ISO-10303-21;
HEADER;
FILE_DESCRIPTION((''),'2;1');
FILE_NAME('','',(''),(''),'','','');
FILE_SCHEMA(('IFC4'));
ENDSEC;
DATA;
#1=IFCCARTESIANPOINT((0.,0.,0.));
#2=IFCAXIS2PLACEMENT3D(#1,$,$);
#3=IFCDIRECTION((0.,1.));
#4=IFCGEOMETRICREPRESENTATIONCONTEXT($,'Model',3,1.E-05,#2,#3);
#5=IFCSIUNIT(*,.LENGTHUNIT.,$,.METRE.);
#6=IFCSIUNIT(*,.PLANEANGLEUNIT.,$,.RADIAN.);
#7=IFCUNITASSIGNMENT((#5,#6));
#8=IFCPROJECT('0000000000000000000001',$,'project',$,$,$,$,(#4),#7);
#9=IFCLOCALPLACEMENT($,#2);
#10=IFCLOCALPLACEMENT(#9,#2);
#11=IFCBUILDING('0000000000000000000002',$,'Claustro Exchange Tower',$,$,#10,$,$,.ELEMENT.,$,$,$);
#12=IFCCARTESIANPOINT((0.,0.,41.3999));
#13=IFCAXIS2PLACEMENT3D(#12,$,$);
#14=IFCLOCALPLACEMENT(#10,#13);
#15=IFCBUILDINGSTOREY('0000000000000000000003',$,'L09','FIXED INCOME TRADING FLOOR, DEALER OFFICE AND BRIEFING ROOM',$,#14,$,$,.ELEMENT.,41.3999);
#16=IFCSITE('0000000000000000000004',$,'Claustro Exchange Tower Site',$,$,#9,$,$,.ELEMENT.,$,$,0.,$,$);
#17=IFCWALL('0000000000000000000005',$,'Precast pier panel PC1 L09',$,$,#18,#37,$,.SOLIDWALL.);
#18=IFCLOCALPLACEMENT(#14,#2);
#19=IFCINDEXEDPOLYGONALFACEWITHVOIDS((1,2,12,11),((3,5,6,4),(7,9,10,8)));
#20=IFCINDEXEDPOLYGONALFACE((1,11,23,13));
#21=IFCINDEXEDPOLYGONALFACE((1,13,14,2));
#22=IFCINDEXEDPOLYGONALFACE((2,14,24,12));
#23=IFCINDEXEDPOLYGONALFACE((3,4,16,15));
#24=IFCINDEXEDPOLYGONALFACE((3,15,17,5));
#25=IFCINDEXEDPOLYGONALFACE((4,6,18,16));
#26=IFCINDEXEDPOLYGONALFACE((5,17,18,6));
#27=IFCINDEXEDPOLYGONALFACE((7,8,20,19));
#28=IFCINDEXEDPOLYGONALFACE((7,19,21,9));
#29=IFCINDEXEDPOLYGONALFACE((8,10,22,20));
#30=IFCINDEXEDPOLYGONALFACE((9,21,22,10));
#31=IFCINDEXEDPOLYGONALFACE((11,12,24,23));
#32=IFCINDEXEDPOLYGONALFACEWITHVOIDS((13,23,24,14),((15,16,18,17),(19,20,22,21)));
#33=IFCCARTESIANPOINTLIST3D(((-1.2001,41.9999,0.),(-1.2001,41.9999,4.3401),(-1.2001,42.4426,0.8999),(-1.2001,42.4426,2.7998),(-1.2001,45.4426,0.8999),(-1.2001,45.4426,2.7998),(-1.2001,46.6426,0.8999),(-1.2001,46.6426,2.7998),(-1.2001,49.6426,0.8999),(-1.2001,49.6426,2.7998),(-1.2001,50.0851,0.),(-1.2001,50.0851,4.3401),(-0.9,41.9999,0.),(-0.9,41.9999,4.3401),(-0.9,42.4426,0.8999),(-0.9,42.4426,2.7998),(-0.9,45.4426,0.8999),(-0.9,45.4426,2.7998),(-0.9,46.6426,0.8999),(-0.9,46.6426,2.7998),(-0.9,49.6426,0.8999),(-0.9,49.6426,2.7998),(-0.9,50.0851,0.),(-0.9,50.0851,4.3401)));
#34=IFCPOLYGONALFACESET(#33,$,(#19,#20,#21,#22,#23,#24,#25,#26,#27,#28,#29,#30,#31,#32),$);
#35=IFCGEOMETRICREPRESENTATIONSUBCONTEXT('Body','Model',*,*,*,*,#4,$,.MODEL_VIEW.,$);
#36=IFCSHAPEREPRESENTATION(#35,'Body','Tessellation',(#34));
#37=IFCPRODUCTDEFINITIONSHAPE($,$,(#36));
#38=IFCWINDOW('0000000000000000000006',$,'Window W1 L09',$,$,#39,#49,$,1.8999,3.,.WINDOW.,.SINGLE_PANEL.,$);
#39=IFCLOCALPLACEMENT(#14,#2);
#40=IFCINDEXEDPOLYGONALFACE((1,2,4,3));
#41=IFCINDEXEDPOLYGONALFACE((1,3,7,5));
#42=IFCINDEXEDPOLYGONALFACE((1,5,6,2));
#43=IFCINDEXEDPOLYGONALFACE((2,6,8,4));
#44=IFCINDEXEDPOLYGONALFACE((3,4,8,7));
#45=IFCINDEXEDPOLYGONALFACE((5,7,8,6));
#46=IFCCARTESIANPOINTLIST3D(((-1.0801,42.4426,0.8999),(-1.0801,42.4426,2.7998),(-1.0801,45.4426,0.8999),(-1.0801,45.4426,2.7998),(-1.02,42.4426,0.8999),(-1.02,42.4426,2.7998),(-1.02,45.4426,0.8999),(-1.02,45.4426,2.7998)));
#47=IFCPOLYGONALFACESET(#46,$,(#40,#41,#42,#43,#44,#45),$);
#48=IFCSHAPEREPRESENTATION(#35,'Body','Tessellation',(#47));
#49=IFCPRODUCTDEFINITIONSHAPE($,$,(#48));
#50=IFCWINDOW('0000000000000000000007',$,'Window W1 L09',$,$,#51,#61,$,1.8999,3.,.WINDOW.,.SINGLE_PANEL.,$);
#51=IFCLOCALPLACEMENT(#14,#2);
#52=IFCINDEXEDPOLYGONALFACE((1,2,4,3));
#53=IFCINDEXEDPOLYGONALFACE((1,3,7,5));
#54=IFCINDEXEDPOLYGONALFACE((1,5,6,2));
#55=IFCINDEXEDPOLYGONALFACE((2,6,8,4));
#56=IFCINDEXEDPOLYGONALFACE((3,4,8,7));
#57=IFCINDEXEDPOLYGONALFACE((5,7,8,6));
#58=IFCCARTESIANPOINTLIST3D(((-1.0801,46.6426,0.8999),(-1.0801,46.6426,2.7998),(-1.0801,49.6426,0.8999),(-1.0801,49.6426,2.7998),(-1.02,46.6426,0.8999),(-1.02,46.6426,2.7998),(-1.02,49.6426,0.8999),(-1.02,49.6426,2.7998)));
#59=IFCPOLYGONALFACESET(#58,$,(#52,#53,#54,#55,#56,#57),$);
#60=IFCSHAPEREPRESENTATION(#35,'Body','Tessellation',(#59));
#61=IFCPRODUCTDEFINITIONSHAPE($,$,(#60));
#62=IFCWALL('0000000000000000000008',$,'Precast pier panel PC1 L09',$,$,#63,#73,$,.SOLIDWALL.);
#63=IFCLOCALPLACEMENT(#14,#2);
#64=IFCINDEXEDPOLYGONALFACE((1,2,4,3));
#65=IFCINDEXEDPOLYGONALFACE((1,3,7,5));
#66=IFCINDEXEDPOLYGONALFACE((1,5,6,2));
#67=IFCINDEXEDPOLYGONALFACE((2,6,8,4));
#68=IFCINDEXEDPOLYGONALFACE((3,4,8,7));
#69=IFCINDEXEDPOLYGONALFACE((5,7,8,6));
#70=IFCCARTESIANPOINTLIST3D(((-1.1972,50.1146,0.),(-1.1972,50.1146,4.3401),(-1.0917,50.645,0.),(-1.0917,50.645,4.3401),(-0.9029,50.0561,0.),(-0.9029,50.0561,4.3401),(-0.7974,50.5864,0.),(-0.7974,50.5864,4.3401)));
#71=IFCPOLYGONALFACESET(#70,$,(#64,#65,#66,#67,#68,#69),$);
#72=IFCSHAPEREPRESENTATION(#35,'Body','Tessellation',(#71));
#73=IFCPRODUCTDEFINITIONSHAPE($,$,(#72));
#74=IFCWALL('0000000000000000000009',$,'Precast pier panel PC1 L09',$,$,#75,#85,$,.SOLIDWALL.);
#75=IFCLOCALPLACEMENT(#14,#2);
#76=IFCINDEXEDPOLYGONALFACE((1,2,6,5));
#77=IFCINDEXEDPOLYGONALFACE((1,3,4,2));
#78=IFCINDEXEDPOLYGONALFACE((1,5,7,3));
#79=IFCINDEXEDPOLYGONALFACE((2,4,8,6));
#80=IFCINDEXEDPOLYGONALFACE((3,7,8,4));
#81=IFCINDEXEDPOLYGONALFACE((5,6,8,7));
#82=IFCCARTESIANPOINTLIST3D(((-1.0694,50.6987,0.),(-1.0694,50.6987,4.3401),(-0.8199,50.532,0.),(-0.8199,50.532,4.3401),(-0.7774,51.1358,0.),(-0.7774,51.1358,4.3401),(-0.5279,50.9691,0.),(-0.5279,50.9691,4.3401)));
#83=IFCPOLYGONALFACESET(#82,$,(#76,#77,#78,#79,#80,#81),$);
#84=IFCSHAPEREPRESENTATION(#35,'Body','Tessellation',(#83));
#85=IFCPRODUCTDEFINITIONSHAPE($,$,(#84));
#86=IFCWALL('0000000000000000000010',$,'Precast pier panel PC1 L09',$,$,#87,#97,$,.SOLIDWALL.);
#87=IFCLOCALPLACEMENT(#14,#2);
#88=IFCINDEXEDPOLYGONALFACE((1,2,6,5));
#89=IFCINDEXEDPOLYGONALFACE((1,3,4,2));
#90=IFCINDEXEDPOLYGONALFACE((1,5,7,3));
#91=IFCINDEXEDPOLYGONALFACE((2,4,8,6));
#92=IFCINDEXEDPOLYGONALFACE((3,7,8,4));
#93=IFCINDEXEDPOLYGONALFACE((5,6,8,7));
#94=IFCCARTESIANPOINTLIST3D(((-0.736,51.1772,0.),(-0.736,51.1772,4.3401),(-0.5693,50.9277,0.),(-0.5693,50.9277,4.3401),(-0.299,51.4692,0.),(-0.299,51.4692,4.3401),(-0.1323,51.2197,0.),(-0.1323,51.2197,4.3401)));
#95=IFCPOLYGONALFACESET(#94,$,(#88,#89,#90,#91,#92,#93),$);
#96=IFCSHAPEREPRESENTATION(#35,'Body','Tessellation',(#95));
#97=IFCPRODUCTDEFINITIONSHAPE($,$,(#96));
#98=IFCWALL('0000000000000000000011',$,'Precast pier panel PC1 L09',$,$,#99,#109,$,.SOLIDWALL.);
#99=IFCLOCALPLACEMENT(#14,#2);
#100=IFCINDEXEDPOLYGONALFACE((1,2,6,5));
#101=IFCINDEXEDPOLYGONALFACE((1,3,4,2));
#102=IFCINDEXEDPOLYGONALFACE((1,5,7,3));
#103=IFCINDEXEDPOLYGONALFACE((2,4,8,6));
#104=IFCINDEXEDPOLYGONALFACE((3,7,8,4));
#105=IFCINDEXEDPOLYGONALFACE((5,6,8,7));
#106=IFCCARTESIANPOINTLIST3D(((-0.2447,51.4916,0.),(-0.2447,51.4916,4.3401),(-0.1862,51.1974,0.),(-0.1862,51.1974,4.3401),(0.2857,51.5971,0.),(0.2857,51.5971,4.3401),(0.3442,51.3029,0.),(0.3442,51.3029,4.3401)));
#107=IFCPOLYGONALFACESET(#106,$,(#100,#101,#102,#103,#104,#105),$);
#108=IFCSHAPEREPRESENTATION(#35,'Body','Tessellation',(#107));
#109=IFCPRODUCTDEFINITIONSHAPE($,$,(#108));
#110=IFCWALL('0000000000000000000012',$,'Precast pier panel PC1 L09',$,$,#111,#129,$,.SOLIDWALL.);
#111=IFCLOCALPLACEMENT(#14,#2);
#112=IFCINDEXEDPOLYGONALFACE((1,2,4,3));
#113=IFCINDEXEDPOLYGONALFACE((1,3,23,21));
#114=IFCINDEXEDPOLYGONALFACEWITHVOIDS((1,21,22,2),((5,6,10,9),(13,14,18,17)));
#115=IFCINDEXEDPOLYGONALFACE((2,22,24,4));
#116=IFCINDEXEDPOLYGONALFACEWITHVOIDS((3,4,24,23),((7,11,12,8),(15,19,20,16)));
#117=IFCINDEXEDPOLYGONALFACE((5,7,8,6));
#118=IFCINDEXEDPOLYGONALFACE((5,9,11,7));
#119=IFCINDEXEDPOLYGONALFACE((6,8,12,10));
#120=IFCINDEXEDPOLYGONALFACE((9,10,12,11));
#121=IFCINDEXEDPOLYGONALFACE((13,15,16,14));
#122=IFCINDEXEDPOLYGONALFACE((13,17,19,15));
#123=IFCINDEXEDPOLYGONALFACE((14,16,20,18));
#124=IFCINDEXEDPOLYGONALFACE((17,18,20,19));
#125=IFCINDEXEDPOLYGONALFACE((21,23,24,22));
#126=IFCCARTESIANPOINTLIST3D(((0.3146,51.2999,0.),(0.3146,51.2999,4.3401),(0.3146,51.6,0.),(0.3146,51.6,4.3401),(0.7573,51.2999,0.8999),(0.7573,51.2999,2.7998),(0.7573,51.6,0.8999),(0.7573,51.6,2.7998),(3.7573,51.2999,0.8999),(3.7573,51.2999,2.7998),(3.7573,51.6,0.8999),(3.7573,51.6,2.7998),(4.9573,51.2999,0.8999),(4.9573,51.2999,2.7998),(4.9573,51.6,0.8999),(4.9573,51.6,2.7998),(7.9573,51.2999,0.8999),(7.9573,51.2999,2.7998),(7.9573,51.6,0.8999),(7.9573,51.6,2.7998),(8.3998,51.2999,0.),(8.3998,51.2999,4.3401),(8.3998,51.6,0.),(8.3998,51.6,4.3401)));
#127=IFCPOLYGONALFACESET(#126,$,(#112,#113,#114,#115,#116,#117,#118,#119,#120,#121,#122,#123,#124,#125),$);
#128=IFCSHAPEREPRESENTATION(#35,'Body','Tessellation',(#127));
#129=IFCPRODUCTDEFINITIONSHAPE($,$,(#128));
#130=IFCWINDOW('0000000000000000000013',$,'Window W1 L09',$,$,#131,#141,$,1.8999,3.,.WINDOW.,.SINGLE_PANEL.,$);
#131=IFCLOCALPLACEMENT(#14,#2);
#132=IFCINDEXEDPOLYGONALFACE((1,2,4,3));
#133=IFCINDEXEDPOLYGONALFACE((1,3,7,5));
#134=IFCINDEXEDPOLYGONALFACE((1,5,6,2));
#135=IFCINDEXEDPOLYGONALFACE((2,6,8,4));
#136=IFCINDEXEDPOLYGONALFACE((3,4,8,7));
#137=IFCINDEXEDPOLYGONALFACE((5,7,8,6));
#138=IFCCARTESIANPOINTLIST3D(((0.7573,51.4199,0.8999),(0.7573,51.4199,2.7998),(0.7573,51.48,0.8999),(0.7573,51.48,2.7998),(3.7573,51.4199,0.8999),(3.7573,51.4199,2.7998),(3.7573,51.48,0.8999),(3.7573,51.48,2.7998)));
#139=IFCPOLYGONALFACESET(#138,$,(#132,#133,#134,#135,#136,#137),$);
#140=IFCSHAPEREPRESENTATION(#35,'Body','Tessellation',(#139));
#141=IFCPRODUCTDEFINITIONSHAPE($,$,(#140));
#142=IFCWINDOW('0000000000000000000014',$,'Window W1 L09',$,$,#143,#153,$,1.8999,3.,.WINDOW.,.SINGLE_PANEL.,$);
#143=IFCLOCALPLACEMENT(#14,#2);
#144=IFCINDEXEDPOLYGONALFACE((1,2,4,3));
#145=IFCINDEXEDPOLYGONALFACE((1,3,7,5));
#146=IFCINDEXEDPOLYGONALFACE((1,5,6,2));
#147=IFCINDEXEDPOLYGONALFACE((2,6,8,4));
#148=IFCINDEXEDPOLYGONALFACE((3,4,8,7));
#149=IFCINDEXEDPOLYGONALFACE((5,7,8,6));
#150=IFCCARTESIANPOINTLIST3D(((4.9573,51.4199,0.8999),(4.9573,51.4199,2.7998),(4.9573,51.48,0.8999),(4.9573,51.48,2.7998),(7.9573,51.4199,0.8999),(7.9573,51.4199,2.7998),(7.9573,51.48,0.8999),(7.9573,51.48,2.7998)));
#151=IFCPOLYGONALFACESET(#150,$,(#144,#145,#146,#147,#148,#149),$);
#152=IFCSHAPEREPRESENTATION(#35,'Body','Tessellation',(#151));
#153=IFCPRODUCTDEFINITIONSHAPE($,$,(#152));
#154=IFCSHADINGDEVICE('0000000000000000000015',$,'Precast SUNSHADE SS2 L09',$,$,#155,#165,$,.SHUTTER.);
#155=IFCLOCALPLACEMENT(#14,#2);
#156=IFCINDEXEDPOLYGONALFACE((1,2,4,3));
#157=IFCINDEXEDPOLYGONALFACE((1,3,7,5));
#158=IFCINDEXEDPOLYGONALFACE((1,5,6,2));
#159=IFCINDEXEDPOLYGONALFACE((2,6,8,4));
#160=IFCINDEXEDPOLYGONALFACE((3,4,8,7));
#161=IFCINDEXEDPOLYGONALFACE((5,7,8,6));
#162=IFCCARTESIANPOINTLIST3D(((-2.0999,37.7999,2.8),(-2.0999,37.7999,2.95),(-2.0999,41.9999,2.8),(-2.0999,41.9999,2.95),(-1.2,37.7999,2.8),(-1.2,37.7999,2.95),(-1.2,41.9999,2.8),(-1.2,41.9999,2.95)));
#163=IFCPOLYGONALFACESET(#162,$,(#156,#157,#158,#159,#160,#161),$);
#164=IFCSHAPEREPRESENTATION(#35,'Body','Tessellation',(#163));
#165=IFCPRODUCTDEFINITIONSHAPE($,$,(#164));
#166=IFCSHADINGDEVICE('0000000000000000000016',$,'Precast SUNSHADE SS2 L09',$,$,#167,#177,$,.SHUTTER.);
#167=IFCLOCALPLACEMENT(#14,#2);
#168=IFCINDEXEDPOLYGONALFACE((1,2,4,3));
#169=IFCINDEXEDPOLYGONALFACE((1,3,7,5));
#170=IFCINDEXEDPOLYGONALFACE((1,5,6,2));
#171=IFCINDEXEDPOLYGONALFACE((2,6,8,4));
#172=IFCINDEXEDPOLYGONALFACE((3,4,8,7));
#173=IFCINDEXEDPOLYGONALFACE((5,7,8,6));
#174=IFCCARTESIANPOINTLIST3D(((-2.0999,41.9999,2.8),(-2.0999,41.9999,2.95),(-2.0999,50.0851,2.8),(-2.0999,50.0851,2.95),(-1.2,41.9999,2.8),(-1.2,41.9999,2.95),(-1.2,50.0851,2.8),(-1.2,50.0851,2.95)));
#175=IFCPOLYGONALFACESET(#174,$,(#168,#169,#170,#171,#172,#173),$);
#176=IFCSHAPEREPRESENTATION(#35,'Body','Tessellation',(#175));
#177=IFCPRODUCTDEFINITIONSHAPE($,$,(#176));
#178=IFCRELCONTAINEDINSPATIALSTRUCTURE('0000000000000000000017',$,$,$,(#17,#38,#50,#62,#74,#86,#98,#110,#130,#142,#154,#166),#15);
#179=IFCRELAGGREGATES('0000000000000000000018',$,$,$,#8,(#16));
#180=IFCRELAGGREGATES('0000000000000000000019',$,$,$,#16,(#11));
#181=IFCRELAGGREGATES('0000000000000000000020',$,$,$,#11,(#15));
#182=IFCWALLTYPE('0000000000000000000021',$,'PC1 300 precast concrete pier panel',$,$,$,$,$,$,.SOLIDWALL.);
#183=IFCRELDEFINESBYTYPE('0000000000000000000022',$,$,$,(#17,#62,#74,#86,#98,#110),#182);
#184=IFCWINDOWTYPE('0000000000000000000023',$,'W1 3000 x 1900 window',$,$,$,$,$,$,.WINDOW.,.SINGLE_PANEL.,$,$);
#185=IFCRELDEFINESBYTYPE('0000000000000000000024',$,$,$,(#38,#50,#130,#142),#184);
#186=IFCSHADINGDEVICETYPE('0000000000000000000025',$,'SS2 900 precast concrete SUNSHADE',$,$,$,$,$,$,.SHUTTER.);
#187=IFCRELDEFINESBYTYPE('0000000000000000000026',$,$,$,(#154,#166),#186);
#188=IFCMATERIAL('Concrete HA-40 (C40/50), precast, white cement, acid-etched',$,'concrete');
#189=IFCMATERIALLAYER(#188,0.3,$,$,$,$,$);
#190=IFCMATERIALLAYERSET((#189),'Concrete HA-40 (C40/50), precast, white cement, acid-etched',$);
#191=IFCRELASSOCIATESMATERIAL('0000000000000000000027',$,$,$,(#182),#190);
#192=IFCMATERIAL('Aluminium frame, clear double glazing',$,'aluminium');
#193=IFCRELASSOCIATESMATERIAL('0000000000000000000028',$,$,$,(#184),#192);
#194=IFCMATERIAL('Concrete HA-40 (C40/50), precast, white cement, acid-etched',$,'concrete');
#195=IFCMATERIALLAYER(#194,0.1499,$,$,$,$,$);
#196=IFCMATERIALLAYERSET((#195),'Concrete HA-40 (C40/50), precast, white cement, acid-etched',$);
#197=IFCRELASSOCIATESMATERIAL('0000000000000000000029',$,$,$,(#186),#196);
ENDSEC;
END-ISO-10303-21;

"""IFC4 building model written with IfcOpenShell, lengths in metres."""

from ifc_helpers import new_model, si_unit, direction, frame, frame_2d, origin, origin_2d, place, context, subcontext, project, spatial, rectangle, extrude, material, layer, layer_set, type_object, element, fill, save


model = new_model("IFC4")

# Units and contexts
model_context = context("Model", 3, precision=1e-05, world=origin(), true_north=direction((0.0, 1.0)))
body_context = subcontext(model_context, "Body", "Model", "MODEL_VIEW")
ifc_project = project(units=[si_unit("LENGTHUNIT", "METRE"), si_unit("PLANEANGLEUNIT", "RADIAN")], contexts=[model_context])

# Site, building, storey
site_placement = place(None, origin())
site = spatial("IfcSite", under=ifc_project, at=site_placement, Name="Claustro Exchange Tower Site", CompositionType="ELEMENT", RefElevation=0.0)
building_placement = place(site_placement, origin())
building = spatial("IfcBuilding", under=site, at=building_placement, Name="Claustro Exchange Tower", CompositionType="ELEMENT")
storey_placement = place(building_placement, frame((0.0, 0.0, 41.3999)))
storey = spatial("IfcBuildingStorey", under=building, at=storey_placement, Name="L09", Description="FIXED INCOME TRADING FLOOR, DEALER OFFICE AND BRIEFING ROOM", CompositionType="ELEMENT", Elevation=41.3999)

# Wall, openings, windows
ifc_material_1 = material(Name="Concrete HA-40 (C40/50), precast, white cement, acid-etched", Category="concrete")
ifc_layer_1 = layer(ifc_material_1, 0.3)
ifc_layer_set_1 = layer_set([ifc_layer_1], Name="Concrete HA-40 (C40/50), precast, white cement, acid-etched")
wall_type_1 = type_object("IfcWallType", Name="PC1 300 precast concrete pier panel", PredefinedType="SOLIDWALL", material=ifc_layer_set_1)
wall_1_placement = place(storey_placement, frame((-1.05, 42.0, 0.0), z_axis=(0.0, 0.0, 1.0), x_axis=(0.0, 1.0, 0.0)))
wall_1 = element("IfcWall", 1, at=wall_1_placement, inside=storey, type_object=wall_type_1, Name="Precast pier panel PC1 L09", PredefinedType="SOLIDWALL", context=body_context, shape_type="SweptSolid", body=[
    extrude(rectangle(XDim=8.0852, YDim=0.3, at=frame_2d((4.0425, 0.0))), origin(), (0.0, 0.0, 1.0), 4.3401),
])
opening_1_placement = place(wall_1_placement, frame((0.4426, 0.0, 0.8999)))
opening_1 = element("IfcOpeningElement", 2, at=opening_1_placement, cuts=wall_1, PredefinedType="OPENING", context=body_context, shape_type="SweptSolid", body=[
    extrude(rectangle(XDim=3.0, YDim=1.8999, at=frame_2d((1.5, 0.95))), frame((0.0, 0.1599, 0.0), z_axis=(0.0, -1.0, 0.0), x_axis=(1.0, 0.0, 0.0)), (0.0, 0.0, 1.0), 0.3201),
])
opening_2_placement = place(wall_1_placement, frame((4.6426, 0.0, 0.8999)))
opening_2 = element("IfcOpeningElement", 3, at=opening_2_placement, cuts=wall_1, PredefinedType="OPENING", context=body_context, shape_type="SweptSolid", body=[
    extrude(rectangle(XDim=3.0, YDim=1.8999, at=frame_2d((1.5, 0.95))), frame((0.0, 0.1599, 0.0), z_axis=(0.0, -1.0, 0.0), x_axis=(1.0, 0.0, 0.0)), (0.0, 0.0, 1.0), 0.3201),
])
ifc_material_2 = material(Name="Aluminium frame, clear double glazing", Category="aluminium")
window_type = type_object("IfcWindowType", Name="W1 3000 x 1900 window", PartitioningType="SINGLE_PANEL", PredefinedType="WINDOW", material=ifc_material_2)
window_1_placement = place(opening_1_placement, origin())
window_1 = element("IfcWindow", 4, at=window_1_placement, inside=storey, type_object=window_type, Name="Window W1 L09", OverallHeight=1.8999, OverallWidth=3.0, PartitioningType="SINGLE_PANEL", PredefinedType="WINDOW", context=body_context, shape_type="SweptSolid", body=[
    extrude(rectangle(XDim=3.0, YDim=1.8999, at=frame_2d((1.5, 0.95))), frame((0.0, 0.03, 0.0), z_axis=(0.0, -1.0, 0.0), x_axis=(1.0, 0.0, 0.0)), (0.0, 0.0, 1.0), 0.0601),
])
fill(opening_1, window_1)
window_2_placement = place(opening_2_placement, origin())
window_2 = element("IfcWindow", 5, at=window_2_placement, inside=storey, type_object=window_type, Name="Window W1 L09", OverallHeight=1.8999, OverallWidth=3.0, PartitioningType="SINGLE_PANEL", PredefinedType="WINDOW", context=body_context, shape_type="SweptSolid", body=[
    extrude(rectangle(XDim=3.0, YDim=1.8999, at=frame_2d((1.5, 0.95))), frame((0.0, 0.03, 0.0), z_axis=(0.0, -1.0, 0.0), x_axis=(1.0, 0.0, 0.0)), (0.0, 0.0, 1.0), 0.0601),
])
fill(opening_2, window_2)

# Walls
wall_2_placement = place(storey_placement, frame((-1.05, 50.0852, 0.0), z_axis=(0.0, 0.0, 1.0), x_axis=(0.195074, 0.980789, 0.0)))
element("IfcWall", 6, at=wall_2_placement, inside=storey, type_object=wall_type_1, Name="Precast pier panel PC1 L09", PredefinedType="SOLIDWALL", context=body_context, shape_type="SweptSolid", body=[
    extrude(rectangle(XDim=0.5408, YDim=0.3, at=frame_2d((0.2705, 0.0))), origin(), (0.0, 0.0, 1.0), 4.3401),
])
for number, where, z_axis, x_axis, name in (
    (7, (-0.9446, 50.6155, 0.0), (0.0, 0.0, 1.0), (0.555557, 0.831478, 0.0), "Precast pier panel PC1 L09"),
    (8, (-0.6526, 51.0525, 0.0), (0.0, 0.0, 1.0), (0.831478, 0.555557, 0.0), "Precast pier panel PC1 L09"),
):
    element("IfcWall", number, at=place(storey_placement, frame(where, z_axis=z_axis, x_axis=x_axis)), inside=storey, type_object=wall_type_1, Name=name, PredefinedType="SOLIDWALL", context=body_context, shape_type="SweptSolid", body=[
        extrude(rectangle(XDim=0.5256, YDim=0.3, at=frame_2d((0.2627, 0.0))), origin(), (0.0, 0.0, 1.0), 4.3401),
    ])
wall_3_placement = place(storey_placement, frame((-0.2156, 51.3445, 0.0), z_axis=(0.0, 0.0, 1.0), x_axis=(0.980789, 0.195074, 0.0)))
element("IfcWall", 9, at=wall_3_placement, inside=storey, type_object=wall_type_1, Name="Precast pier panel PC1 L09", PredefinedType="SOLIDWALL", context=body_context, shape_type="SweptSolid", body=[
    extrude(rectangle(XDim=0.5408, YDim=0.3, at=frame_2d((0.2705, 0.0))), origin(), (0.0, 0.0, 1.0), 4.3401),
])

# Wall, openings, windows
wall_4_placement = place(storey_placement, frame((0.3147, 51.45, 0.0), z_axis=(0.0, 0.0, 1.0), x_axis=(1.0, 0.0, 0.0)))
wall_4 = element("IfcWall", 10, at=wall_4_placement, inside=storey, type_object=wall_type_1, Name="Precast pier panel PC1 L09", PredefinedType="SOLIDWALL", context=body_context, shape_type="SweptSolid", body=[
    extrude(rectangle(XDim=8.0852, YDim=0.3, at=frame_2d((4.0425, 0.0))), origin(), (0.0, 0.0, 1.0), 4.3401),
])
opening_3_placement = place(wall_4_placement, frame((0.4426, 0.0, 0.8999)))
opening_3 = element("IfcOpeningElement", 11, at=opening_3_placement, cuts=wall_4, PredefinedType="OPENING", context=body_context, shape_type="SweptSolid", body=[
    extrude(rectangle(XDim=3.0, YDim=1.8999, at=frame_2d((1.5, 0.95))), frame((0.0, 0.1599, 0.0), z_axis=(0.0, -1.0, 0.0), x_axis=(1.0, 0.0, 0.0)), (0.0, 0.0, 1.0), 0.3201),
])
opening_4_placement = place(wall_4_placement, frame((4.6426, 0.0, 0.8999)))
opening_4 = element("IfcOpeningElement", 12, at=opening_4_placement, cuts=wall_4, PredefinedType="OPENING", context=body_context, shape_type="SweptSolid", body=[
    extrude(rectangle(XDim=3.0, YDim=1.8999, at=frame_2d((1.5, 0.95))), frame((0.0, 0.1599, 0.0), z_axis=(0.0, -1.0, 0.0), x_axis=(1.0, 0.0, 0.0)), (0.0, 0.0, 1.0), 0.3201),
])
window_3_placement = place(opening_3_placement, origin())
window_3 = element("IfcWindow", 13, at=window_3_placement, inside=storey, type_object=window_type, Name="Window W1 L09", OverallHeight=1.8999, OverallWidth=3.0, PartitioningType="SINGLE_PANEL", PredefinedType="WINDOW", context=body_context, shape_type="SweptSolid", body=[
    extrude(rectangle(XDim=3.0, YDim=1.8999, at=frame_2d((1.5, 0.95))), frame((0.0, 0.03, 0.0), z_axis=(0.0, -1.0, 0.0), x_axis=(1.0, 0.0, 0.0)), (0.0, 0.0, 1.0), 0.0601),
])
fill(opening_3, window_3)
window_4_placement = place(opening_4_placement, origin())
window_4 = element("IfcWindow", 14, at=window_4_placement, inside=storey, type_object=window_type, Name="Window W1 L09", OverallHeight=1.8999, OverallWidth=3.0, PartitioningType="SINGLE_PANEL", PredefinedType="WINDOW", context=body_context, shape_type="SweptSolid", body=[
    extrude(rectangle(XDim=3.0, YDim=1.8999, at=frame_2d((1.5, 0.95))), frame((0.0, 0.03, 0.0), z_axis=(0.0, -1.0, 0.0), x_axis=(1.0, 0.0, 0.0)), (0.0, 0.0, 1.0), 0.0601),
])
fill(opening_4, window_4)

# Shading devices
ifc_material_3 = material(Name="Concrete HA-40 (C40/50), precast, white cement, acid-etched", Category="concrete")
ifc_layer_2 = layer(ifc_material_3, 0.1499)
ifc_layer_set_2 = layer_set([ifc_layer_2], Name="Concrete HA-40 (C40/50), precast, white cement, acid-etched")
shading_device_type = type_object("IfcShadingDeviceType", Name="SS2 900 precast concrete SUNSHADE", PredefinedType="SHUTTER", material=ifc_layer_set_2)
shading_device_1_placement = place(storey_placement, frame((-1.6499, 39.8999, 2.8), z_axis=(0.0, 0.0, 1.0), x_axis=(0.0, 1.0, 0.0)))
element("IfcShadingDevice", 15, at=shading_device_1_placement, inside=storey, type_object=shading_device_type, Name="Precast SUNSHADE SS2 L09", PredefinedType="SHUTTER", context=body_context, shape_type="SweptSolid", body=[
    extrude(rectangle(XDim=4.2, YDim=0.8999, at=origin_2d()), origin(), (0.0, 0.0, 1.0), 0.1499),
])
shading_device_2_placement = place(storey_placement, frame((-1.6499, 46.0425, 2.8), z_axis=(0.0, 0.0, 1.0), x_axis=(0.0, 1.0, 0.0)))
element("IfcShadingDevice", 16, at=shading_device_2_placement, inside=storey, type_object=shading_device_type, Name="Precast SUNSHADE SS2 L09", PredefinedType="SHUTTER", context=body_context, shape_type="SweptSolid", body=[
    extrude(rectangle(XDim=8.0852, YDim=0.8999, at=origin_2d()), origin(), (0.0, 0.0, 1.0), 0.1499),
])

save(model, "model.ifc")
